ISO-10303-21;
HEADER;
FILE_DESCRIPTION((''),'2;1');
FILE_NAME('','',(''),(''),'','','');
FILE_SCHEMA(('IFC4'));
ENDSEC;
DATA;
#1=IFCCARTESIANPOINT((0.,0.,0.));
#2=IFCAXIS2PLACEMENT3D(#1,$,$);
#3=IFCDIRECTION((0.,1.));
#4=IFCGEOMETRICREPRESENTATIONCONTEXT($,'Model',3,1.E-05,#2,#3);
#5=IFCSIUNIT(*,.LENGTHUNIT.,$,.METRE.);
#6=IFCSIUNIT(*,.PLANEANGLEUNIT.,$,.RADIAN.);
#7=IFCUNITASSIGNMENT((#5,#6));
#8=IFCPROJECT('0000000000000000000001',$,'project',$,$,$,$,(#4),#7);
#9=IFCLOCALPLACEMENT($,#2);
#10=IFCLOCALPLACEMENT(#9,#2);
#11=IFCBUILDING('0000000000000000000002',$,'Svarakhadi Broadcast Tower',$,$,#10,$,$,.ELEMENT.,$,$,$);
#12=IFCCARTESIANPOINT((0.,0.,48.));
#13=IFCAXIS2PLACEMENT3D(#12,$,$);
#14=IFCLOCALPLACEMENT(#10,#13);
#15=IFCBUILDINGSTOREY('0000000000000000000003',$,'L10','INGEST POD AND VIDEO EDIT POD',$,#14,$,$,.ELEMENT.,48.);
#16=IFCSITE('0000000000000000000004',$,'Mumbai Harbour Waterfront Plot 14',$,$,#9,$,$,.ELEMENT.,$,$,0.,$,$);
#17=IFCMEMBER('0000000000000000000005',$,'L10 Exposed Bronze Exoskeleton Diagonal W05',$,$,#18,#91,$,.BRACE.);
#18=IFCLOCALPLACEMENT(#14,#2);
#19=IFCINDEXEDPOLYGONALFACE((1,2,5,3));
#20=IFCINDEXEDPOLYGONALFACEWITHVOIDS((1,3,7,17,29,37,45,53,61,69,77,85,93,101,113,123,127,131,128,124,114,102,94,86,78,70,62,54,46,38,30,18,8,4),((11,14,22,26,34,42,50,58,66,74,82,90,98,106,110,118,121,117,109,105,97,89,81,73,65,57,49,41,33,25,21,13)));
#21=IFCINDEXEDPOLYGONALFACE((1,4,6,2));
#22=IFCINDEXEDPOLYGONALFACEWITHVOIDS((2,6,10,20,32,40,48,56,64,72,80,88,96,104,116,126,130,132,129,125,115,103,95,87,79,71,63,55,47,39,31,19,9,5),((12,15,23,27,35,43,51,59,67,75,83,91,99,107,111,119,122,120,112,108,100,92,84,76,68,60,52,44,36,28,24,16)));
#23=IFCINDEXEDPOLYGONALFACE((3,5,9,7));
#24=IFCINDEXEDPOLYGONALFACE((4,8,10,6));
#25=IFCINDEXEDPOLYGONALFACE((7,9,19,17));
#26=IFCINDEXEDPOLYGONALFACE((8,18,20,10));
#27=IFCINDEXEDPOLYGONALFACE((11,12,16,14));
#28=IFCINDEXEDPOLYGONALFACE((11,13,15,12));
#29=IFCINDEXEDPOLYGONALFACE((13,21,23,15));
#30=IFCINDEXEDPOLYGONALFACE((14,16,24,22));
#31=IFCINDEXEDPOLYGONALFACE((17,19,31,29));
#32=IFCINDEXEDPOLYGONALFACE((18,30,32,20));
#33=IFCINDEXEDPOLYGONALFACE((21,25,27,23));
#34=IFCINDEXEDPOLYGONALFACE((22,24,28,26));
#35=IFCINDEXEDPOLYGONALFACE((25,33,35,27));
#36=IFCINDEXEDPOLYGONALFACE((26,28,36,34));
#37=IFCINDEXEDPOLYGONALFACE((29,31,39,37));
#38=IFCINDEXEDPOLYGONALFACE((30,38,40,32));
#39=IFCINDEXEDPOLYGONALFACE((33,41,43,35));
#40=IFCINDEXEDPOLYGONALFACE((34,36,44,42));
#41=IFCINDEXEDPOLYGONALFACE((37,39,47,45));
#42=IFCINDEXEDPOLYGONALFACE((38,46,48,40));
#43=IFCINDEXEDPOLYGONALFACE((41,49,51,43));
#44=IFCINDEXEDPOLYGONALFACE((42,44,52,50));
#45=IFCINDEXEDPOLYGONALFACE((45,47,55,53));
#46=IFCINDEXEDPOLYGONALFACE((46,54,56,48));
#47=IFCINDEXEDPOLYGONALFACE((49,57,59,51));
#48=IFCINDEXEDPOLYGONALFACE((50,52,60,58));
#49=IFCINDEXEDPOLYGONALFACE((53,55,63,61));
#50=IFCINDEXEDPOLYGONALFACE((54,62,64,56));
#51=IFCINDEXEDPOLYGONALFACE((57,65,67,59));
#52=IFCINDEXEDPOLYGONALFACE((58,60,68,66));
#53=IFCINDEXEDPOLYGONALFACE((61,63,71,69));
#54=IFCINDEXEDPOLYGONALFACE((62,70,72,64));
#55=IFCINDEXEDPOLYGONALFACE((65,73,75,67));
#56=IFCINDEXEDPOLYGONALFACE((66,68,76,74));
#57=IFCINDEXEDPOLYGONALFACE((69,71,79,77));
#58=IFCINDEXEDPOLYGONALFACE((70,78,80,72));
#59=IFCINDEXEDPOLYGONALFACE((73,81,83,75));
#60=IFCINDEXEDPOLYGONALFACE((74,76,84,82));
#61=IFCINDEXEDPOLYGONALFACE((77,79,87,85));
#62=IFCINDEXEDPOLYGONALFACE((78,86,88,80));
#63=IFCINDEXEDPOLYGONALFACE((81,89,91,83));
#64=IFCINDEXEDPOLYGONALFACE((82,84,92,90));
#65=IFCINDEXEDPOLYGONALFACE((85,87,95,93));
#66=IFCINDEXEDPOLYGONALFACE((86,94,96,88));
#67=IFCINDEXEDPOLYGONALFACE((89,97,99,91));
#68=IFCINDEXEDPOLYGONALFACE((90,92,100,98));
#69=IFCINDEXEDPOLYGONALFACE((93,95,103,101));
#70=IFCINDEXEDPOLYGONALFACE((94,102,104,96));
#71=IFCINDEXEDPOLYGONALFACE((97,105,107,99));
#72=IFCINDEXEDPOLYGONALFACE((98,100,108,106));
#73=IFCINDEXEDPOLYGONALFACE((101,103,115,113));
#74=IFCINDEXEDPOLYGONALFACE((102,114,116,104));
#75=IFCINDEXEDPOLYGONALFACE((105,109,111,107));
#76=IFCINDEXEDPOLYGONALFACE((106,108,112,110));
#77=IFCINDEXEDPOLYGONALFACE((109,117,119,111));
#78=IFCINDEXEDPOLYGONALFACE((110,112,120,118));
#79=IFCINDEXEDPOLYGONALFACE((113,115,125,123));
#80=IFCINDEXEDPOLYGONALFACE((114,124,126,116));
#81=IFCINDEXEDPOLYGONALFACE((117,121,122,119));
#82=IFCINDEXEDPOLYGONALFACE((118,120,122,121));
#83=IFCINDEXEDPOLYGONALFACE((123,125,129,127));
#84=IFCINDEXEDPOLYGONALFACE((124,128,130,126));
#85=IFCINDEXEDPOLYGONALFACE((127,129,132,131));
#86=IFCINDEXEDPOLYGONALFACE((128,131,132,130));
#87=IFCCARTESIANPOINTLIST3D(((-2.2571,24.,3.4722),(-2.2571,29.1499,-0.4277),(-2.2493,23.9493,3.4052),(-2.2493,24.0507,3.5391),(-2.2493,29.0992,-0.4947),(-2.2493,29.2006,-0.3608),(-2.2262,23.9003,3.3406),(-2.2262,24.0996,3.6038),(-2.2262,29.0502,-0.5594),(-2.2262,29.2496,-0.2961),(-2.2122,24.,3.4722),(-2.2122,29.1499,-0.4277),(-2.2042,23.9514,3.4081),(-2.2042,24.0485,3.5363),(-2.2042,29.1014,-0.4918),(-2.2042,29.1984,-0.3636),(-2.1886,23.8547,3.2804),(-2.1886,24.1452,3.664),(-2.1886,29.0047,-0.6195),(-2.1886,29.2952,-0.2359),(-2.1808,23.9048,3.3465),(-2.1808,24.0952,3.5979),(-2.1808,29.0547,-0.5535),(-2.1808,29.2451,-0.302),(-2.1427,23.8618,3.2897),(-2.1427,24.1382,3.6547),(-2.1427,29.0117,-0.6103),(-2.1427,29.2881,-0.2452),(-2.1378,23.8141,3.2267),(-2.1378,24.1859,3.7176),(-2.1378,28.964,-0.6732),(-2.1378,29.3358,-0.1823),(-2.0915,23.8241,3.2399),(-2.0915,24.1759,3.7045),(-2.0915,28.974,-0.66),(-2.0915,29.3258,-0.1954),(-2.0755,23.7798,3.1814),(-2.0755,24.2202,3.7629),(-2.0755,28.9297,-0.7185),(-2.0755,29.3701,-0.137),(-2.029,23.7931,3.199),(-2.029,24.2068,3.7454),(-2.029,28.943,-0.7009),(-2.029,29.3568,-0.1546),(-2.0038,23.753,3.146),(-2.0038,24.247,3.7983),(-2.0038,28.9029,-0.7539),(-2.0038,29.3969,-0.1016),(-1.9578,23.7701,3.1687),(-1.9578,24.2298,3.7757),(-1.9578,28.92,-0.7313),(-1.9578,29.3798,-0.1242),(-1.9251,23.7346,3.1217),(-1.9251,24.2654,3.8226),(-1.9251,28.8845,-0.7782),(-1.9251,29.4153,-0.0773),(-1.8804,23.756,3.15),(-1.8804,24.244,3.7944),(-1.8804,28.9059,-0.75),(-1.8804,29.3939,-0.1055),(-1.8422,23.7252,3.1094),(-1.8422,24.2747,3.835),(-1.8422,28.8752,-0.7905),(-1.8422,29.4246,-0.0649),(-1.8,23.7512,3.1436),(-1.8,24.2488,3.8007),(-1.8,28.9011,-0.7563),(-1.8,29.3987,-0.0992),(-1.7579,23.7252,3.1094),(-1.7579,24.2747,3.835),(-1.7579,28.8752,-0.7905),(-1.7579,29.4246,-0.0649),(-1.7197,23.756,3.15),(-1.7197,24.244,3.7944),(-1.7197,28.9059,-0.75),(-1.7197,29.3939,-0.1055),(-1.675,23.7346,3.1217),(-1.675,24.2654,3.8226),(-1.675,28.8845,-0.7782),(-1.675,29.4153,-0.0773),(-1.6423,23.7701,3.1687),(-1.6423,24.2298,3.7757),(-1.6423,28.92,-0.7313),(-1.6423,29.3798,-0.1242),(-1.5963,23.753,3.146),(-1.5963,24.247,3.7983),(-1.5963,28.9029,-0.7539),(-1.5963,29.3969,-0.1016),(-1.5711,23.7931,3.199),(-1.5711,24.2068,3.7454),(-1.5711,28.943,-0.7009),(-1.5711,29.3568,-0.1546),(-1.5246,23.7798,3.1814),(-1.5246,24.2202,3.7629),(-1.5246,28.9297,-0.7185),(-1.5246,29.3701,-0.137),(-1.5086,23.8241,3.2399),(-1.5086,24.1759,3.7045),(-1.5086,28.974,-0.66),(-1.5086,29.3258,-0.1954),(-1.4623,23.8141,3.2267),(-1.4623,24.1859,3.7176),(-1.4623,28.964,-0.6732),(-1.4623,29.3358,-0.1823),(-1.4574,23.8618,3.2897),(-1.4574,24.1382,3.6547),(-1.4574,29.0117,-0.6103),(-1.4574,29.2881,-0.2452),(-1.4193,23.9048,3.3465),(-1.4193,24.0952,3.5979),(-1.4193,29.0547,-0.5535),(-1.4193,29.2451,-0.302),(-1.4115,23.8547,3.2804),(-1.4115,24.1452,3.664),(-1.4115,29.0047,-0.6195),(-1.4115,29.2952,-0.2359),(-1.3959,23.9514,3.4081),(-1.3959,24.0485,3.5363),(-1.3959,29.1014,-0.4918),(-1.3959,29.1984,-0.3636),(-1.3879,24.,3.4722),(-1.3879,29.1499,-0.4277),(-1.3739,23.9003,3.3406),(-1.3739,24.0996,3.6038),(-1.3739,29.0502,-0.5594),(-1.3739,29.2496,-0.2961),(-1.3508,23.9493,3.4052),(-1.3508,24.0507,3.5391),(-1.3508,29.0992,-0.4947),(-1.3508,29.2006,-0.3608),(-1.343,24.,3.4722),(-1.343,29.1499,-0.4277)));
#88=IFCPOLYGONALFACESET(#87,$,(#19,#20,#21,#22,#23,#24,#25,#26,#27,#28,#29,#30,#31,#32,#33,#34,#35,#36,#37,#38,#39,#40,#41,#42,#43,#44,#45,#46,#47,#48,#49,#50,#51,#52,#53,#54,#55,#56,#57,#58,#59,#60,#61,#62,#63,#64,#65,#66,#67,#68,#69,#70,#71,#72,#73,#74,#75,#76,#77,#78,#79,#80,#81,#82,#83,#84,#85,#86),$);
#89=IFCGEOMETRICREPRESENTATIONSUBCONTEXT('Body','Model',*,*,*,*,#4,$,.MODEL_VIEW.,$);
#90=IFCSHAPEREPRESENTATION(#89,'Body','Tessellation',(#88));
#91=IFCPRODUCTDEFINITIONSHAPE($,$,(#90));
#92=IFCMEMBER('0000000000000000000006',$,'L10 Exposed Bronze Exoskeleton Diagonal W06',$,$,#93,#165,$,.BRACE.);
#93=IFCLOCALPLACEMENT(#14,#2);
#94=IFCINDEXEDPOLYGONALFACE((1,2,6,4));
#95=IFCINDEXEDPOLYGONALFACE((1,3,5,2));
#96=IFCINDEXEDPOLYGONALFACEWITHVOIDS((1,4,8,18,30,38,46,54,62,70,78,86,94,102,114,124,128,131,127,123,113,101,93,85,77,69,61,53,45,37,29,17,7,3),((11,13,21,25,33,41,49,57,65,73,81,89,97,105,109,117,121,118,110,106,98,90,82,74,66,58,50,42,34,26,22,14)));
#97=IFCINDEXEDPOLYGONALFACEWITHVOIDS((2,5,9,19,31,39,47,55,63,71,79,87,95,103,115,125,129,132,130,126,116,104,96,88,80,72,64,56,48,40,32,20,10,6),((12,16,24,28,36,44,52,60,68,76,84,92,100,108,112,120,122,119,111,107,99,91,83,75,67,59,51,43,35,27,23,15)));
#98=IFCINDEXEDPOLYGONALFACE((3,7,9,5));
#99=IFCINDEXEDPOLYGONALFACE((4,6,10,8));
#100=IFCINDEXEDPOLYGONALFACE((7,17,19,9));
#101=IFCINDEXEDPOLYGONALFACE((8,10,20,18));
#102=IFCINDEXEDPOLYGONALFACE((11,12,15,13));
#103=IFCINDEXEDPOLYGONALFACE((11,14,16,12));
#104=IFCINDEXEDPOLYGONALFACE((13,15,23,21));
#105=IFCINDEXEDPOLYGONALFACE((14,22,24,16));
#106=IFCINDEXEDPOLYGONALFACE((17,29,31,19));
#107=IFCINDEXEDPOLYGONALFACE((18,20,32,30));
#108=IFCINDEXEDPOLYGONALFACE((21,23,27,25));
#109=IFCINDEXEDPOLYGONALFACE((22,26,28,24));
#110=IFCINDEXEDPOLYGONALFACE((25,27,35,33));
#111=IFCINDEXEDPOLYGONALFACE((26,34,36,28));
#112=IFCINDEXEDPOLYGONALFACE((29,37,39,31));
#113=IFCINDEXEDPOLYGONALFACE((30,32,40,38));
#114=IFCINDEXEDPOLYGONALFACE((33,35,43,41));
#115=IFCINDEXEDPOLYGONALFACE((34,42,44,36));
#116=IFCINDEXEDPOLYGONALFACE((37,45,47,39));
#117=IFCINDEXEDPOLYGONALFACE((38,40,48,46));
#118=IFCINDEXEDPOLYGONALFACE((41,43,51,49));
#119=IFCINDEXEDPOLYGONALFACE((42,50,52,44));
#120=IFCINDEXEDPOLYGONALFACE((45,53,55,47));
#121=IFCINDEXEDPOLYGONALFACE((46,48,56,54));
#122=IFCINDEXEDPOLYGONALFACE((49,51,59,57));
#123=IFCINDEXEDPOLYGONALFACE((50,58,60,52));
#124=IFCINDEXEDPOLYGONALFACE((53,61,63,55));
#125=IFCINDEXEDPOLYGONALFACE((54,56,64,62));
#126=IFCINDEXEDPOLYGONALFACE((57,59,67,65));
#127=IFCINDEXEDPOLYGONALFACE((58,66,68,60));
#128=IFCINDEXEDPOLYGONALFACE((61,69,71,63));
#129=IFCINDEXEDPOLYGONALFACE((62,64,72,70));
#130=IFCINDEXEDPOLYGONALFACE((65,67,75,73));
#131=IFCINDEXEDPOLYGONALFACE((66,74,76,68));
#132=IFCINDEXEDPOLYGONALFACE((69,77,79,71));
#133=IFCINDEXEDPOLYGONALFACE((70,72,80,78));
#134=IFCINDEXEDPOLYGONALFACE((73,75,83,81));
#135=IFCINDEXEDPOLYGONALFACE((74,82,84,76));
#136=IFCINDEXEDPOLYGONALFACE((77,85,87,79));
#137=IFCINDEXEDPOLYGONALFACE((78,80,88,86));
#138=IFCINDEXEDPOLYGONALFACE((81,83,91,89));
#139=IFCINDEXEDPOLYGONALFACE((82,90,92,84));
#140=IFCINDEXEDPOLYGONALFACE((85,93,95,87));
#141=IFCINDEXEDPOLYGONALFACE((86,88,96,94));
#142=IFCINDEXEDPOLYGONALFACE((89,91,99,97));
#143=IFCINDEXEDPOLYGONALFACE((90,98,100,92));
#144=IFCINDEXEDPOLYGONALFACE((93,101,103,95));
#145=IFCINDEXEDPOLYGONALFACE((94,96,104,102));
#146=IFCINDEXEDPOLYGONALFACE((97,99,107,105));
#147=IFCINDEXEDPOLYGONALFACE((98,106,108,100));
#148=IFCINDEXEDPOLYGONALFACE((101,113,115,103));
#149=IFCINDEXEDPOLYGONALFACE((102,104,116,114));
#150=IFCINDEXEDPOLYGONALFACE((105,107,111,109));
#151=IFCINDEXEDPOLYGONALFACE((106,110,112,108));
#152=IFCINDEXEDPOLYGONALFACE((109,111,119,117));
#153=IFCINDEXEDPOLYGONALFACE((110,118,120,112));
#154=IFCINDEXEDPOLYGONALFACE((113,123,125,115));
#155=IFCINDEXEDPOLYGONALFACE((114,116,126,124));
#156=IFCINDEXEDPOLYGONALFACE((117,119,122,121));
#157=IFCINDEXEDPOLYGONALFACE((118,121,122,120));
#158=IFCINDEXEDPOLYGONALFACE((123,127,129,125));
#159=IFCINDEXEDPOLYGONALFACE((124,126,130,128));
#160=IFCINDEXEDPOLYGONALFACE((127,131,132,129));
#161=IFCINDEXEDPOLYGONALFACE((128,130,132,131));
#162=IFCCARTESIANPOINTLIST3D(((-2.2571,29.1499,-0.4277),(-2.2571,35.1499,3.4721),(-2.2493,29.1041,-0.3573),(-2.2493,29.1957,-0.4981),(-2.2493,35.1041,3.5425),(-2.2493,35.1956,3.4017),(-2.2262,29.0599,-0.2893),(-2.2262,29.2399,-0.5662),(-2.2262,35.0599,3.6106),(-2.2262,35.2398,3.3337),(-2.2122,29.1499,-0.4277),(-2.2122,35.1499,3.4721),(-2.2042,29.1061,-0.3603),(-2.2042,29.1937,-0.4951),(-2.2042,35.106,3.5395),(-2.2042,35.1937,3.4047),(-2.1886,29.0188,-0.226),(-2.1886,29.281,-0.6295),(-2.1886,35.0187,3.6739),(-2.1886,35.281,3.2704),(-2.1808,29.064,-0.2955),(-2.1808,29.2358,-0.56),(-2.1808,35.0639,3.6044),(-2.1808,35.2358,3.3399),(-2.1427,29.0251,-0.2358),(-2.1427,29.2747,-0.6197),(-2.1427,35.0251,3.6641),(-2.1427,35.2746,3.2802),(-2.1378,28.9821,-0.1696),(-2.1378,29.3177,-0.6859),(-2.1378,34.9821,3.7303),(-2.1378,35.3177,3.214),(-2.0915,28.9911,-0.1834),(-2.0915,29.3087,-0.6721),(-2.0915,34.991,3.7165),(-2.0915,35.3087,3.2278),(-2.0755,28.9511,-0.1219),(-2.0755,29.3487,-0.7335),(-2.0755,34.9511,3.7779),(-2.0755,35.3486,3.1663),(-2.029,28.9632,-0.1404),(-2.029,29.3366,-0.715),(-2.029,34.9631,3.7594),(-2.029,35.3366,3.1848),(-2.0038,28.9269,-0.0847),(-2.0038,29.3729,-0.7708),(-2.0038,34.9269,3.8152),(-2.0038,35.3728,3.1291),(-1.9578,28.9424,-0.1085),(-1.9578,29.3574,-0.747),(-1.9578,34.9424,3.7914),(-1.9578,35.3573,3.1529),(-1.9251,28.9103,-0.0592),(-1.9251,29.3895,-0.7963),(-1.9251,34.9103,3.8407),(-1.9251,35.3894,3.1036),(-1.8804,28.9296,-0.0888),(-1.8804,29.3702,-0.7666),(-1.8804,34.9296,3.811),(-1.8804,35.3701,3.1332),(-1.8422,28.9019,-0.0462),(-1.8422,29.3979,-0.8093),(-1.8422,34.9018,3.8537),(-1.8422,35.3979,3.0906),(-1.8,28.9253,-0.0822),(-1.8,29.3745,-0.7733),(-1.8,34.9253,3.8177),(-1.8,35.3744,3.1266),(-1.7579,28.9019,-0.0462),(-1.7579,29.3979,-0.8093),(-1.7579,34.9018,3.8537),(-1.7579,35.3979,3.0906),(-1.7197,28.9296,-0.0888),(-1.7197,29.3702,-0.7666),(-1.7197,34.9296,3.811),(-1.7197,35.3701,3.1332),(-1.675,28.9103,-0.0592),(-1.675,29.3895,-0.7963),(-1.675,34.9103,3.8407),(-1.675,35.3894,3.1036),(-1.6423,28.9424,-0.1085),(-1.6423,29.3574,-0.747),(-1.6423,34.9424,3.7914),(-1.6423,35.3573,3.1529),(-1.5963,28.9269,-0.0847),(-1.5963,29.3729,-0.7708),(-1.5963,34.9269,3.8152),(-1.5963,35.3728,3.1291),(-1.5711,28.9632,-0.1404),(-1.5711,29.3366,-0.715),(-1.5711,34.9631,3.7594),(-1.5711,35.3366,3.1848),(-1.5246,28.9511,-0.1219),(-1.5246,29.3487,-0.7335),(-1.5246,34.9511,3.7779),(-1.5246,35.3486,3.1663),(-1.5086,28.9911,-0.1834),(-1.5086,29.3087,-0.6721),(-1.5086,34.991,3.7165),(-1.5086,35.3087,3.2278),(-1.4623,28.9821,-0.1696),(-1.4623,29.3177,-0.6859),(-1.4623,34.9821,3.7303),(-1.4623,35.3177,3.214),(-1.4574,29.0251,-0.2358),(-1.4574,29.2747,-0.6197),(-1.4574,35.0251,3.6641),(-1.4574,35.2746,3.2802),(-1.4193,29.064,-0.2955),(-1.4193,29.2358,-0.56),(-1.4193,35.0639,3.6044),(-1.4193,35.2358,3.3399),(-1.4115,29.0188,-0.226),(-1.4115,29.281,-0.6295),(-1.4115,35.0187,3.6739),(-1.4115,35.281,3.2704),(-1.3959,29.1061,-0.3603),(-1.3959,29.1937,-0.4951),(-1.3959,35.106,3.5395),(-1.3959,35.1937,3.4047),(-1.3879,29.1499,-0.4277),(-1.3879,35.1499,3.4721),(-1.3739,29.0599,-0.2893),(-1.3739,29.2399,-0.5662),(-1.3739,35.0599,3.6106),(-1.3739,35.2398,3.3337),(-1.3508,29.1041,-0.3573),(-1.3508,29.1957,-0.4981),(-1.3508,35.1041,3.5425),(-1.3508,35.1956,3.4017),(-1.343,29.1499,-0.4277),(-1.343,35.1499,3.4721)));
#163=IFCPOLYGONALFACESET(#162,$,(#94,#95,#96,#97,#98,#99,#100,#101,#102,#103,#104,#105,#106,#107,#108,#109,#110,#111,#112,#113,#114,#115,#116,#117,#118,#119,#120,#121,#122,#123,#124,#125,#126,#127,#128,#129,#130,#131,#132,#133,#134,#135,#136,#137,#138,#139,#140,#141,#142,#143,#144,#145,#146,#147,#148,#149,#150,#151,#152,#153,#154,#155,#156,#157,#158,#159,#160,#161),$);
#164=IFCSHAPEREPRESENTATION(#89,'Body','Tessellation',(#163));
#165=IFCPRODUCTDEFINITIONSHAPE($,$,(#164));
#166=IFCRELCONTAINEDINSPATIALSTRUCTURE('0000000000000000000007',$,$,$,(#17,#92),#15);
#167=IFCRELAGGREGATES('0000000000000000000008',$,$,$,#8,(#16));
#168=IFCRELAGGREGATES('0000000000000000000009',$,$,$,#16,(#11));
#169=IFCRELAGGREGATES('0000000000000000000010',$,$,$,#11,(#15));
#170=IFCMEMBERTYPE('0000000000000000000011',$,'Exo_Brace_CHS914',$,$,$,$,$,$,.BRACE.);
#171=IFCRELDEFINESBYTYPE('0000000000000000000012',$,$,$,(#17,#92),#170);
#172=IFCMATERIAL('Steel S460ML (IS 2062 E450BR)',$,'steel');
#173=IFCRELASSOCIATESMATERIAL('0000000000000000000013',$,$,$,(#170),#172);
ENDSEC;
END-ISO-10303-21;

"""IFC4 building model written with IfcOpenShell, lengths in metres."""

from ifc_helpers import new_model, si_unit, direction, frame, origin, origin_2d, place, context, subcontext, project, spatial, hollow_circle, extrude, material, material_profile, profile_set, type_object, element, save


model = new_model("IFC4")

# Units and contexts
model_context = context("Model", 3, precision=1e-05, world=origin(), true_north=direction((0.0, 1.0)))
body_context = subcontext(model_context, "Body", "Model", "MODEL_VIEW")
ifc_project = project(units=[si_unit("LENGTHUNIT", "METRE"), si_unit("PLANEANGLEUNIT", "RADIAN")], contexts=[model_context])

# Site, building, storey
site_placement = place(None, origin())
site = spatial("IfcSite", under=ifc_project, at=site_placement, Name="Mumbai Harbour Waterfront Plot 14", CompositionType="ELEMENT", RefElevation=0.0)
building_placement = place(site_placement, origin())
building = spatial("IfcBuilding", under=site, at=building_placement, Name="Svarakhadi Broadcast Tower", CompositionType="ELEMENT")
storey_placement = place(building_placement, frame((0.0, 0.0, 48.0)))
storey = spatial("IfcBuildingStorey", under=building, at=storey_placement, Name="L10", Description="INGEST POD AND VIDEO EDIT POD", CompositionType="ELEMENT", Elevation=48.0)

# Shared definitions
ifc_material_1 = material(Name="Steel S460ML (IS 2062 E450BR)", Category="steel")

# Members
ifc_material_profile_1 = material_profile(ifc_material_1, hollow_circle(Radius=0.457, WallThickness=0.0449, at=origin_2d()), Name="CHS 914x45")
ifc_profile_set_1 = profile_set([ifc_material_profile_1], Name="Steel S460ML (IS 2062 E450BR)")
member_type_1 = type_object("IfcMemberType", Name="Exo_Brace_CHS914", PredefinedType="BRACE", material=ifc_profile_set_1)
member_1_placement = place(storey_placement, frame((-1.8, 29.1499, -0.4277), z_axis=(0.0, -0.797207, 0.603706), x_axis=(1.0, 0.0, 0.0)))
element("IfcMember", 1, at=member_1_placement, inside=storey, type_object=member_type_1, Name="L10 Exposed Bronze Exoskeleton Diagonal W05", PredefinedType="BRACE", context=body_context, shape_type="SweptSolid", body=[
    extrude(hollow_circle(Radius=0.457, WallThickness=0.0449, at=origin_2d()), origin(), (0.0, 0.0, 1.0), 6.46),
])
member_2_placement = place(storey_placement, frame((-1.8, 29.1499, -0.4277), z_axis=(0.0, 0.83845, 0.544979), x_axis=(-1.0, 0.0, 0.0)))
element("IfcMember", 2, at=member_2_placement, inside=storey, type_object=member_type_1, Name="L10 Exposed Bronze Exoskeleton Diagonal W06", PredefinedType="BRACE", context=body_context, shape_type="SweptSolid", body=[
    extrude(hollow_circle(Radius=0.457, WallThickness=0.0449, at=origin_2d()), origin(), (0.0, 0.0, 1.0), 7.156),
])

save(model, "model.ifc")
